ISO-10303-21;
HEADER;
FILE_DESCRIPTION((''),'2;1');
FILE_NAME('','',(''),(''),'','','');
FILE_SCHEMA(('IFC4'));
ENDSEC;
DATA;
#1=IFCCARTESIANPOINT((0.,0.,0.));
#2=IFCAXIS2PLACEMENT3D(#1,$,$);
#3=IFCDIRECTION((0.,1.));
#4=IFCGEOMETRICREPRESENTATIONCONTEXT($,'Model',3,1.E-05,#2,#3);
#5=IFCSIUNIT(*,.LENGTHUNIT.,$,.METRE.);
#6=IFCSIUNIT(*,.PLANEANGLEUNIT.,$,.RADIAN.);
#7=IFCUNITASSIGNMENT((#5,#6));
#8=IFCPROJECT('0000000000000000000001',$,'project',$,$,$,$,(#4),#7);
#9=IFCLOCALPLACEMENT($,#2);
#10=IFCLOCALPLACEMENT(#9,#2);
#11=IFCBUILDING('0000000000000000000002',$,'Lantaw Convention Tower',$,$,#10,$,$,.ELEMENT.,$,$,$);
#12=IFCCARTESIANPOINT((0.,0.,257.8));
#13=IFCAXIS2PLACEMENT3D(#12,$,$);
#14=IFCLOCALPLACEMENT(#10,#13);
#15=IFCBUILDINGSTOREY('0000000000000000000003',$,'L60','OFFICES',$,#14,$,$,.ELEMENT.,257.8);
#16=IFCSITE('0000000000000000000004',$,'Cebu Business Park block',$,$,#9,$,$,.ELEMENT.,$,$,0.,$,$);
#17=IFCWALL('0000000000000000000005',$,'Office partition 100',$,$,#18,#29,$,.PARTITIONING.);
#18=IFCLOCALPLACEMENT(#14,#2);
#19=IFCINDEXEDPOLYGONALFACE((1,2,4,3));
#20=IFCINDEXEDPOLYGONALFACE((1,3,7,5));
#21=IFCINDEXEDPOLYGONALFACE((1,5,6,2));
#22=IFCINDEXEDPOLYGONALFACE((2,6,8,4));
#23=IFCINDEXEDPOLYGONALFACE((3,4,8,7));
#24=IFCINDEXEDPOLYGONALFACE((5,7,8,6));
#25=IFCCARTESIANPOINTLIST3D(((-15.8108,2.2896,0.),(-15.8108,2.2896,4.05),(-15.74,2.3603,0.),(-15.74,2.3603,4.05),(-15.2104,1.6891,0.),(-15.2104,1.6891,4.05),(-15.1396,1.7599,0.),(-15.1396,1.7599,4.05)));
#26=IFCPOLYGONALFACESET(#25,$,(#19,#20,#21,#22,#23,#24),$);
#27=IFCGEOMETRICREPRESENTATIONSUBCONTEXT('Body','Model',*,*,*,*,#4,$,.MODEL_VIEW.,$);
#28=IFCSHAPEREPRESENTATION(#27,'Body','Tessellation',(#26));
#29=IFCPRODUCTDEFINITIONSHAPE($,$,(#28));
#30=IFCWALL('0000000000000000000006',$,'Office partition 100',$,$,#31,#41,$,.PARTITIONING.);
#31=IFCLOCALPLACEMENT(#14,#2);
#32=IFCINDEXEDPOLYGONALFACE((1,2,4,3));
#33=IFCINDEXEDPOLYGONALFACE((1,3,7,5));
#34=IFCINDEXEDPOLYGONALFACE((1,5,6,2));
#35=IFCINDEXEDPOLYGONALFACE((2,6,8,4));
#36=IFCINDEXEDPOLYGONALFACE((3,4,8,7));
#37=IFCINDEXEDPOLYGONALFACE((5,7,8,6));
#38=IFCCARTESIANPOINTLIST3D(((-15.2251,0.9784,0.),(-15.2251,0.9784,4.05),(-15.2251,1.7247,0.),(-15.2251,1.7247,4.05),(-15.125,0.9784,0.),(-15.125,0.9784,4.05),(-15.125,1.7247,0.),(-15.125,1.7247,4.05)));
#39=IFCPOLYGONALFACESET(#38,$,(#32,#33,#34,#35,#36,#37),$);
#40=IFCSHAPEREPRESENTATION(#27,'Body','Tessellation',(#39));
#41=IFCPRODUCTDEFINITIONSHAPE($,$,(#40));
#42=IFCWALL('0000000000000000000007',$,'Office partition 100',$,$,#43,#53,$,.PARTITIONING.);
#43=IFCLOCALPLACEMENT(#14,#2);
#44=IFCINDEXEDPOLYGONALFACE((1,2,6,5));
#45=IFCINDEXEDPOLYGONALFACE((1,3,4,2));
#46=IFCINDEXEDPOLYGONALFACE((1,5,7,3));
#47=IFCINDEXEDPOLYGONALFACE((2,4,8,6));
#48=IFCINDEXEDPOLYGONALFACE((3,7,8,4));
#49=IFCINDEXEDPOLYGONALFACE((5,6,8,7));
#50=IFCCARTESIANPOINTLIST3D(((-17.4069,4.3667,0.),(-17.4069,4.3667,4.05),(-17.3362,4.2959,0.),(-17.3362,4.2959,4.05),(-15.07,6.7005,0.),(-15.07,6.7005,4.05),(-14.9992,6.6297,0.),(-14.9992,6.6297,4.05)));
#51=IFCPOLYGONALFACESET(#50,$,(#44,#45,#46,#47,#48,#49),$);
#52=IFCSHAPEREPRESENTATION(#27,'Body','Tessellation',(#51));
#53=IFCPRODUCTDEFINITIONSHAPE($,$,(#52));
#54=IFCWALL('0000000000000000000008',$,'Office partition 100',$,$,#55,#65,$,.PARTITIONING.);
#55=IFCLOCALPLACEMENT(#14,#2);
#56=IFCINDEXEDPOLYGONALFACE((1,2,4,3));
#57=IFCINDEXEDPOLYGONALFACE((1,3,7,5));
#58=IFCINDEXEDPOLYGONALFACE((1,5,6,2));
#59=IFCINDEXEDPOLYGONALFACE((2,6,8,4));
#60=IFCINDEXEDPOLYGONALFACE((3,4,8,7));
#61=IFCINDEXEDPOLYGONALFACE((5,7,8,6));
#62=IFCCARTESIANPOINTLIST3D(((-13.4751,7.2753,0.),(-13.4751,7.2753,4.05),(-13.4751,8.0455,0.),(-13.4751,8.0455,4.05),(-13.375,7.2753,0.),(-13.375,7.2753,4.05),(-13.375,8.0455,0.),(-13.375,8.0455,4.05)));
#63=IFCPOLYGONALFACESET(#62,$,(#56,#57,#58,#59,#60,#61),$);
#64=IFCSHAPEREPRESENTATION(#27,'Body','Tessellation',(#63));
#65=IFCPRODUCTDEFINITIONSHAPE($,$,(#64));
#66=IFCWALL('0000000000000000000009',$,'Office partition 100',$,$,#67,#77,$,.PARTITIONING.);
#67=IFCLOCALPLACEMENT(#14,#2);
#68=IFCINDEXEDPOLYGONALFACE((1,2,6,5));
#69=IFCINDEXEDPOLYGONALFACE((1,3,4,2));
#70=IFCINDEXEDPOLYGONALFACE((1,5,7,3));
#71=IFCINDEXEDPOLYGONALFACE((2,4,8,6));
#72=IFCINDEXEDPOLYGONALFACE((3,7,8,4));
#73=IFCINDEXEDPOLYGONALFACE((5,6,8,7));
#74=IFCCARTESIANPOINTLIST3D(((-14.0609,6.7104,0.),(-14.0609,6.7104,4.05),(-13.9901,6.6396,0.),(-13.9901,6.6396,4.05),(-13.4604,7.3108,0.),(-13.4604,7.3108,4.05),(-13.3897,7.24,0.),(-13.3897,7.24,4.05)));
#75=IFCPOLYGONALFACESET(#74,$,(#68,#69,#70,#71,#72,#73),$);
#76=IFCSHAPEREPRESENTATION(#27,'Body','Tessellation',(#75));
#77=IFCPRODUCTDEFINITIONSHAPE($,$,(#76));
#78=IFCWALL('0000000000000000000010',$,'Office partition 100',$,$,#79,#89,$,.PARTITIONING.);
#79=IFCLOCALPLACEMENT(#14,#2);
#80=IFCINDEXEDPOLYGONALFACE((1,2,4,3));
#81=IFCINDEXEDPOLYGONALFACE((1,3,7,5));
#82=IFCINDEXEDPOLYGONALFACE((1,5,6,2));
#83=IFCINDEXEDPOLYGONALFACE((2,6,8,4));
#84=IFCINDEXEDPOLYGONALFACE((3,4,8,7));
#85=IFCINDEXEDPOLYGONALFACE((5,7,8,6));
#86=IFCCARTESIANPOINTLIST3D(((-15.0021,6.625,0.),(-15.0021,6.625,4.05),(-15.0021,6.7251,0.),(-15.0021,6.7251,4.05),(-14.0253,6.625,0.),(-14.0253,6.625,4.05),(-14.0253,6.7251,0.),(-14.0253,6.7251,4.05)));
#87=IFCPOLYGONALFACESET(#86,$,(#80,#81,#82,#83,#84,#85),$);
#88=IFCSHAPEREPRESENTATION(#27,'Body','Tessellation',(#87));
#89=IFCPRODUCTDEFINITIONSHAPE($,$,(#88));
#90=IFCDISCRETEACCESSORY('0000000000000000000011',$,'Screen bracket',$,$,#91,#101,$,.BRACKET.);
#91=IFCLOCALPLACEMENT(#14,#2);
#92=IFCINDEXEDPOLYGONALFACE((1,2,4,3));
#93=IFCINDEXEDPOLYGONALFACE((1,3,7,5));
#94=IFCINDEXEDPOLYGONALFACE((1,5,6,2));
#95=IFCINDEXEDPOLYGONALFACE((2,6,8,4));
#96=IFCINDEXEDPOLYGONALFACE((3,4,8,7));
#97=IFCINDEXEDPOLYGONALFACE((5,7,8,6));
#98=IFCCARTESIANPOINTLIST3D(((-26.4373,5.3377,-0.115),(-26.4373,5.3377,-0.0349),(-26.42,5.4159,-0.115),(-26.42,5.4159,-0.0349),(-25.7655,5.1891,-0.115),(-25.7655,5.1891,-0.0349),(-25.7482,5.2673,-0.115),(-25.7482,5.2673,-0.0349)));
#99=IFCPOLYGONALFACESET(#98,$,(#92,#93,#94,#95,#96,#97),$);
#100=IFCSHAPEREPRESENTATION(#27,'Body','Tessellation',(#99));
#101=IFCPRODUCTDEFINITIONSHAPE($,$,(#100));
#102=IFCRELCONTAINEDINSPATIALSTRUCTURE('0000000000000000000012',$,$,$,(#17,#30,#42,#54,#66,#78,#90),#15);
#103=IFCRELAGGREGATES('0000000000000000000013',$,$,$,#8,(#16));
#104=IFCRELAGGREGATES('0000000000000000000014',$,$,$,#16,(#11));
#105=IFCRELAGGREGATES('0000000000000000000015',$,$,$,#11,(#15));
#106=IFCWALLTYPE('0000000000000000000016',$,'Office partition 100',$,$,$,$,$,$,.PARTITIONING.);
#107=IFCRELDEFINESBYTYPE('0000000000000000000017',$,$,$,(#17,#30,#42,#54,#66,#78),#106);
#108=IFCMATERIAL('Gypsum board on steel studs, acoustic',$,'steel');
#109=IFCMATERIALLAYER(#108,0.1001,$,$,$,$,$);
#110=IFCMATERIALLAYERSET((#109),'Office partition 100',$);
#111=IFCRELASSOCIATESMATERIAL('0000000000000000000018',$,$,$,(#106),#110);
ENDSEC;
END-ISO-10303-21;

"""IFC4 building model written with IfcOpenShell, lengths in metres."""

from ifc_helpers import new_model, si_unit, direction, frame, frame_2d, origin, origin_2d, place, context, subcontext, project, spatial, rectangle, extrude, material, layer, layer_set, type_object, element, save


model = new_model("IFC4")

# Units and contexts
model_context = context("Model", 3, precision=1e-05, world=origin(), true_north=direction((0.0, 1.0)))
body_context = subcontext(model_context, "Body", "Model", "MODEL_VIEW")
ifc_project = project(units=[si_unit("LENGTHUNIT", "METRE"), si_unit("PLANEANGLEUNIT", "RADIAN")], contexts=[model_context])

# Site, building, storey
site_placement = place(None, origin())
site = spatial("IfcSite", under=ifc_project, at=site_placement, Name="Cebu Business Park block", CompositionType="ELEMENT", RefElevation=0.0)
building_placement = place(site_placement, origin())
building = spatial("IfcBuilding", under=site, at=building_placement, Name="Lantaw Convention Tower", CompositionType="ELEMENT")
storey_placement = place(building_placement, frame((0.0, 0.0, 257.8)))
storey = spatial("IfcBuildingStorey", under=building, at=storey_placement, Name="L60", Description="OFFICES", CompositionType="ELEMENT", Elevation=257.8)

# Shared definitions
ifc_material_1 = material(Name="Gypsum board on steel studs, acoustic", Category="steel")
ifc_layer_1 = layer(ifc_material_1, 0.1001)
ifc_layer_set_1 = layer_set([ifc_layer_1], Name="Office partition 100")
wall_type_1 = type_object("IfcWallType", Name="Office partition 100", PredefinedType="PARTITIONING", material=ifc_layer_set_1)

# Walls
wall_1_placement = place(storey_placement, frame((-15.7754, 2.325, 0.0), z_axis=(0.0, 0.0, 1.0), x_axis=(0.707107, -0.707107, 0.0)))
element("IfcWall", 1, at=wall_1_placement, inside=storey, type_object=wall_type_1, Name="Office partition 100", PredefinedType="PARTITIONING", context=body_context, shape_type="SweptSolid", body=[
    extrude(rectangle(XDim=0.8491, YDim=0.1001, at=frame_2d((0.4246, 0.0))), origin(), (0.0, 0.0, 1.0), 4.05),
])
wall_2_placement = place(storey_placement, frame((-15.175, 1.7246, 0.0), z_axis=(0.0, 0.0, 1.0), x_axis=(0.0, -1.0, 0.0)))
element("IfcWall", 2, at=wall_2_placement, inside=storey, type_object=wall_type_1, Name="Office partition 100", PredefinedType="PARTITIONING", context=body_context, shape_type="SweptSolid", body=[
    extrude(rectangle(XDim=0.7463, YDim=0.1001, at=frame_2d((0.373, 0.0))), origin(), (0.0, 0.0, 1.0), 4.05),
])
wall_3_placement = place(storey_placement, frame((-17.3716, 4.3313, 0.0), z_axis=(0.0, 0.0, 1.0), x_axis=(0.707587, 0.706626, 0.0)))
element("IfcWall", 3, at=wall_3_placement, inside=storey, type_object=wall_type_1, Name="Office partition 100", PredefinedType="PARTITIONING", context=body_context, shape_type="SweptSolid", body=[
    extrude(rectangle(XDim=3.3027, YDim=0.1001, at=frame_2d((1.6514, 0.0))), origin(), (0.0, 0.0, 1.0), 4.05),
])
wall_4_placement = place(storey_placement, frame((-13.425, 8.0457, 0.0), z_axis=(0.0, 0.0, 1.0), x_axis=(0.0, -1.0, 0.0)))
element("IfcWall", 4, at=wall_4_placement, inside=storey, type_object=wall_type_1, Name="Office partition 100", PredefinedType="PARTITIONING", context=body_context, shape_type="SweptSolid", body=[
    extrude(rectangle(XDim=0.7703, YDim=0.1001, at=frame_2d((0.3853, 0.0))), origin(), (0.0, 0.0, 1.0), 4.05),
])
wall_5_placement = place(storey_placement, frame((-13.425, 7.2754, 0.0), z_axis=(0.0, 0.0, 1.0), x_axis=(-0.707107, -0.707107, 0.0)))
element("IfcWall", 5, at=wall_5_placement, inside=storey, type_object=wall_type_1, Name="Office partition 100", PredefinedType="PARTITIONING", context=body_context, shape_type="SweptSolid", body=[
    extrude(rectangle(XDim=0.8491, YDim=0.1001, at=frame_2d((0.4246, 0.0))), origin(), (0.0, 0.0, 1.0), 4.05),
])
wall_6_placement = place(storey_placement, frame((-14.0254, 6.675, 0.0), z_axis=(0.0, 0.0, 1.0), x_axis=(-1.0, 0.0, 0.0)))
element("IfcWall", 6, at=wall_6_placement, inside=storey, type_object=wall_type_1, Name="Office partition 100", PredefinedType="PARTITIONING", context=body_context, shape_type="SweptSolid", body=[
    extrude(rectangle(XDim=0.9768, YDim=0.1001, at=frame_2d((0.4883, 0.0))), origin(), (0.0, 0.0, 1.0), 4.05),
])

# Discrete accessory
discrete_accessory_placement = place(storey_placement, frame((-26.0928, 5.3025, -0.115), z_axis=(0.0, 0.0, 1.0), x_axis=(-0.215891, -0.976417, 0.0)))
element("IfcDiscreteAccessory", 7, at=discrete_accessory_placement, inside=storey, Name="Screen bracket", PredefinedType="BRACKET", context=body_context, shape_type="SweptSolid", body=[
    extrude(rectangle(XDim=0.0801, YDim=0.688, at=origin_2d()), origin(), (0.0, 0.0, 1.0), 0.0801),
])

save(model, "model.ifc")
